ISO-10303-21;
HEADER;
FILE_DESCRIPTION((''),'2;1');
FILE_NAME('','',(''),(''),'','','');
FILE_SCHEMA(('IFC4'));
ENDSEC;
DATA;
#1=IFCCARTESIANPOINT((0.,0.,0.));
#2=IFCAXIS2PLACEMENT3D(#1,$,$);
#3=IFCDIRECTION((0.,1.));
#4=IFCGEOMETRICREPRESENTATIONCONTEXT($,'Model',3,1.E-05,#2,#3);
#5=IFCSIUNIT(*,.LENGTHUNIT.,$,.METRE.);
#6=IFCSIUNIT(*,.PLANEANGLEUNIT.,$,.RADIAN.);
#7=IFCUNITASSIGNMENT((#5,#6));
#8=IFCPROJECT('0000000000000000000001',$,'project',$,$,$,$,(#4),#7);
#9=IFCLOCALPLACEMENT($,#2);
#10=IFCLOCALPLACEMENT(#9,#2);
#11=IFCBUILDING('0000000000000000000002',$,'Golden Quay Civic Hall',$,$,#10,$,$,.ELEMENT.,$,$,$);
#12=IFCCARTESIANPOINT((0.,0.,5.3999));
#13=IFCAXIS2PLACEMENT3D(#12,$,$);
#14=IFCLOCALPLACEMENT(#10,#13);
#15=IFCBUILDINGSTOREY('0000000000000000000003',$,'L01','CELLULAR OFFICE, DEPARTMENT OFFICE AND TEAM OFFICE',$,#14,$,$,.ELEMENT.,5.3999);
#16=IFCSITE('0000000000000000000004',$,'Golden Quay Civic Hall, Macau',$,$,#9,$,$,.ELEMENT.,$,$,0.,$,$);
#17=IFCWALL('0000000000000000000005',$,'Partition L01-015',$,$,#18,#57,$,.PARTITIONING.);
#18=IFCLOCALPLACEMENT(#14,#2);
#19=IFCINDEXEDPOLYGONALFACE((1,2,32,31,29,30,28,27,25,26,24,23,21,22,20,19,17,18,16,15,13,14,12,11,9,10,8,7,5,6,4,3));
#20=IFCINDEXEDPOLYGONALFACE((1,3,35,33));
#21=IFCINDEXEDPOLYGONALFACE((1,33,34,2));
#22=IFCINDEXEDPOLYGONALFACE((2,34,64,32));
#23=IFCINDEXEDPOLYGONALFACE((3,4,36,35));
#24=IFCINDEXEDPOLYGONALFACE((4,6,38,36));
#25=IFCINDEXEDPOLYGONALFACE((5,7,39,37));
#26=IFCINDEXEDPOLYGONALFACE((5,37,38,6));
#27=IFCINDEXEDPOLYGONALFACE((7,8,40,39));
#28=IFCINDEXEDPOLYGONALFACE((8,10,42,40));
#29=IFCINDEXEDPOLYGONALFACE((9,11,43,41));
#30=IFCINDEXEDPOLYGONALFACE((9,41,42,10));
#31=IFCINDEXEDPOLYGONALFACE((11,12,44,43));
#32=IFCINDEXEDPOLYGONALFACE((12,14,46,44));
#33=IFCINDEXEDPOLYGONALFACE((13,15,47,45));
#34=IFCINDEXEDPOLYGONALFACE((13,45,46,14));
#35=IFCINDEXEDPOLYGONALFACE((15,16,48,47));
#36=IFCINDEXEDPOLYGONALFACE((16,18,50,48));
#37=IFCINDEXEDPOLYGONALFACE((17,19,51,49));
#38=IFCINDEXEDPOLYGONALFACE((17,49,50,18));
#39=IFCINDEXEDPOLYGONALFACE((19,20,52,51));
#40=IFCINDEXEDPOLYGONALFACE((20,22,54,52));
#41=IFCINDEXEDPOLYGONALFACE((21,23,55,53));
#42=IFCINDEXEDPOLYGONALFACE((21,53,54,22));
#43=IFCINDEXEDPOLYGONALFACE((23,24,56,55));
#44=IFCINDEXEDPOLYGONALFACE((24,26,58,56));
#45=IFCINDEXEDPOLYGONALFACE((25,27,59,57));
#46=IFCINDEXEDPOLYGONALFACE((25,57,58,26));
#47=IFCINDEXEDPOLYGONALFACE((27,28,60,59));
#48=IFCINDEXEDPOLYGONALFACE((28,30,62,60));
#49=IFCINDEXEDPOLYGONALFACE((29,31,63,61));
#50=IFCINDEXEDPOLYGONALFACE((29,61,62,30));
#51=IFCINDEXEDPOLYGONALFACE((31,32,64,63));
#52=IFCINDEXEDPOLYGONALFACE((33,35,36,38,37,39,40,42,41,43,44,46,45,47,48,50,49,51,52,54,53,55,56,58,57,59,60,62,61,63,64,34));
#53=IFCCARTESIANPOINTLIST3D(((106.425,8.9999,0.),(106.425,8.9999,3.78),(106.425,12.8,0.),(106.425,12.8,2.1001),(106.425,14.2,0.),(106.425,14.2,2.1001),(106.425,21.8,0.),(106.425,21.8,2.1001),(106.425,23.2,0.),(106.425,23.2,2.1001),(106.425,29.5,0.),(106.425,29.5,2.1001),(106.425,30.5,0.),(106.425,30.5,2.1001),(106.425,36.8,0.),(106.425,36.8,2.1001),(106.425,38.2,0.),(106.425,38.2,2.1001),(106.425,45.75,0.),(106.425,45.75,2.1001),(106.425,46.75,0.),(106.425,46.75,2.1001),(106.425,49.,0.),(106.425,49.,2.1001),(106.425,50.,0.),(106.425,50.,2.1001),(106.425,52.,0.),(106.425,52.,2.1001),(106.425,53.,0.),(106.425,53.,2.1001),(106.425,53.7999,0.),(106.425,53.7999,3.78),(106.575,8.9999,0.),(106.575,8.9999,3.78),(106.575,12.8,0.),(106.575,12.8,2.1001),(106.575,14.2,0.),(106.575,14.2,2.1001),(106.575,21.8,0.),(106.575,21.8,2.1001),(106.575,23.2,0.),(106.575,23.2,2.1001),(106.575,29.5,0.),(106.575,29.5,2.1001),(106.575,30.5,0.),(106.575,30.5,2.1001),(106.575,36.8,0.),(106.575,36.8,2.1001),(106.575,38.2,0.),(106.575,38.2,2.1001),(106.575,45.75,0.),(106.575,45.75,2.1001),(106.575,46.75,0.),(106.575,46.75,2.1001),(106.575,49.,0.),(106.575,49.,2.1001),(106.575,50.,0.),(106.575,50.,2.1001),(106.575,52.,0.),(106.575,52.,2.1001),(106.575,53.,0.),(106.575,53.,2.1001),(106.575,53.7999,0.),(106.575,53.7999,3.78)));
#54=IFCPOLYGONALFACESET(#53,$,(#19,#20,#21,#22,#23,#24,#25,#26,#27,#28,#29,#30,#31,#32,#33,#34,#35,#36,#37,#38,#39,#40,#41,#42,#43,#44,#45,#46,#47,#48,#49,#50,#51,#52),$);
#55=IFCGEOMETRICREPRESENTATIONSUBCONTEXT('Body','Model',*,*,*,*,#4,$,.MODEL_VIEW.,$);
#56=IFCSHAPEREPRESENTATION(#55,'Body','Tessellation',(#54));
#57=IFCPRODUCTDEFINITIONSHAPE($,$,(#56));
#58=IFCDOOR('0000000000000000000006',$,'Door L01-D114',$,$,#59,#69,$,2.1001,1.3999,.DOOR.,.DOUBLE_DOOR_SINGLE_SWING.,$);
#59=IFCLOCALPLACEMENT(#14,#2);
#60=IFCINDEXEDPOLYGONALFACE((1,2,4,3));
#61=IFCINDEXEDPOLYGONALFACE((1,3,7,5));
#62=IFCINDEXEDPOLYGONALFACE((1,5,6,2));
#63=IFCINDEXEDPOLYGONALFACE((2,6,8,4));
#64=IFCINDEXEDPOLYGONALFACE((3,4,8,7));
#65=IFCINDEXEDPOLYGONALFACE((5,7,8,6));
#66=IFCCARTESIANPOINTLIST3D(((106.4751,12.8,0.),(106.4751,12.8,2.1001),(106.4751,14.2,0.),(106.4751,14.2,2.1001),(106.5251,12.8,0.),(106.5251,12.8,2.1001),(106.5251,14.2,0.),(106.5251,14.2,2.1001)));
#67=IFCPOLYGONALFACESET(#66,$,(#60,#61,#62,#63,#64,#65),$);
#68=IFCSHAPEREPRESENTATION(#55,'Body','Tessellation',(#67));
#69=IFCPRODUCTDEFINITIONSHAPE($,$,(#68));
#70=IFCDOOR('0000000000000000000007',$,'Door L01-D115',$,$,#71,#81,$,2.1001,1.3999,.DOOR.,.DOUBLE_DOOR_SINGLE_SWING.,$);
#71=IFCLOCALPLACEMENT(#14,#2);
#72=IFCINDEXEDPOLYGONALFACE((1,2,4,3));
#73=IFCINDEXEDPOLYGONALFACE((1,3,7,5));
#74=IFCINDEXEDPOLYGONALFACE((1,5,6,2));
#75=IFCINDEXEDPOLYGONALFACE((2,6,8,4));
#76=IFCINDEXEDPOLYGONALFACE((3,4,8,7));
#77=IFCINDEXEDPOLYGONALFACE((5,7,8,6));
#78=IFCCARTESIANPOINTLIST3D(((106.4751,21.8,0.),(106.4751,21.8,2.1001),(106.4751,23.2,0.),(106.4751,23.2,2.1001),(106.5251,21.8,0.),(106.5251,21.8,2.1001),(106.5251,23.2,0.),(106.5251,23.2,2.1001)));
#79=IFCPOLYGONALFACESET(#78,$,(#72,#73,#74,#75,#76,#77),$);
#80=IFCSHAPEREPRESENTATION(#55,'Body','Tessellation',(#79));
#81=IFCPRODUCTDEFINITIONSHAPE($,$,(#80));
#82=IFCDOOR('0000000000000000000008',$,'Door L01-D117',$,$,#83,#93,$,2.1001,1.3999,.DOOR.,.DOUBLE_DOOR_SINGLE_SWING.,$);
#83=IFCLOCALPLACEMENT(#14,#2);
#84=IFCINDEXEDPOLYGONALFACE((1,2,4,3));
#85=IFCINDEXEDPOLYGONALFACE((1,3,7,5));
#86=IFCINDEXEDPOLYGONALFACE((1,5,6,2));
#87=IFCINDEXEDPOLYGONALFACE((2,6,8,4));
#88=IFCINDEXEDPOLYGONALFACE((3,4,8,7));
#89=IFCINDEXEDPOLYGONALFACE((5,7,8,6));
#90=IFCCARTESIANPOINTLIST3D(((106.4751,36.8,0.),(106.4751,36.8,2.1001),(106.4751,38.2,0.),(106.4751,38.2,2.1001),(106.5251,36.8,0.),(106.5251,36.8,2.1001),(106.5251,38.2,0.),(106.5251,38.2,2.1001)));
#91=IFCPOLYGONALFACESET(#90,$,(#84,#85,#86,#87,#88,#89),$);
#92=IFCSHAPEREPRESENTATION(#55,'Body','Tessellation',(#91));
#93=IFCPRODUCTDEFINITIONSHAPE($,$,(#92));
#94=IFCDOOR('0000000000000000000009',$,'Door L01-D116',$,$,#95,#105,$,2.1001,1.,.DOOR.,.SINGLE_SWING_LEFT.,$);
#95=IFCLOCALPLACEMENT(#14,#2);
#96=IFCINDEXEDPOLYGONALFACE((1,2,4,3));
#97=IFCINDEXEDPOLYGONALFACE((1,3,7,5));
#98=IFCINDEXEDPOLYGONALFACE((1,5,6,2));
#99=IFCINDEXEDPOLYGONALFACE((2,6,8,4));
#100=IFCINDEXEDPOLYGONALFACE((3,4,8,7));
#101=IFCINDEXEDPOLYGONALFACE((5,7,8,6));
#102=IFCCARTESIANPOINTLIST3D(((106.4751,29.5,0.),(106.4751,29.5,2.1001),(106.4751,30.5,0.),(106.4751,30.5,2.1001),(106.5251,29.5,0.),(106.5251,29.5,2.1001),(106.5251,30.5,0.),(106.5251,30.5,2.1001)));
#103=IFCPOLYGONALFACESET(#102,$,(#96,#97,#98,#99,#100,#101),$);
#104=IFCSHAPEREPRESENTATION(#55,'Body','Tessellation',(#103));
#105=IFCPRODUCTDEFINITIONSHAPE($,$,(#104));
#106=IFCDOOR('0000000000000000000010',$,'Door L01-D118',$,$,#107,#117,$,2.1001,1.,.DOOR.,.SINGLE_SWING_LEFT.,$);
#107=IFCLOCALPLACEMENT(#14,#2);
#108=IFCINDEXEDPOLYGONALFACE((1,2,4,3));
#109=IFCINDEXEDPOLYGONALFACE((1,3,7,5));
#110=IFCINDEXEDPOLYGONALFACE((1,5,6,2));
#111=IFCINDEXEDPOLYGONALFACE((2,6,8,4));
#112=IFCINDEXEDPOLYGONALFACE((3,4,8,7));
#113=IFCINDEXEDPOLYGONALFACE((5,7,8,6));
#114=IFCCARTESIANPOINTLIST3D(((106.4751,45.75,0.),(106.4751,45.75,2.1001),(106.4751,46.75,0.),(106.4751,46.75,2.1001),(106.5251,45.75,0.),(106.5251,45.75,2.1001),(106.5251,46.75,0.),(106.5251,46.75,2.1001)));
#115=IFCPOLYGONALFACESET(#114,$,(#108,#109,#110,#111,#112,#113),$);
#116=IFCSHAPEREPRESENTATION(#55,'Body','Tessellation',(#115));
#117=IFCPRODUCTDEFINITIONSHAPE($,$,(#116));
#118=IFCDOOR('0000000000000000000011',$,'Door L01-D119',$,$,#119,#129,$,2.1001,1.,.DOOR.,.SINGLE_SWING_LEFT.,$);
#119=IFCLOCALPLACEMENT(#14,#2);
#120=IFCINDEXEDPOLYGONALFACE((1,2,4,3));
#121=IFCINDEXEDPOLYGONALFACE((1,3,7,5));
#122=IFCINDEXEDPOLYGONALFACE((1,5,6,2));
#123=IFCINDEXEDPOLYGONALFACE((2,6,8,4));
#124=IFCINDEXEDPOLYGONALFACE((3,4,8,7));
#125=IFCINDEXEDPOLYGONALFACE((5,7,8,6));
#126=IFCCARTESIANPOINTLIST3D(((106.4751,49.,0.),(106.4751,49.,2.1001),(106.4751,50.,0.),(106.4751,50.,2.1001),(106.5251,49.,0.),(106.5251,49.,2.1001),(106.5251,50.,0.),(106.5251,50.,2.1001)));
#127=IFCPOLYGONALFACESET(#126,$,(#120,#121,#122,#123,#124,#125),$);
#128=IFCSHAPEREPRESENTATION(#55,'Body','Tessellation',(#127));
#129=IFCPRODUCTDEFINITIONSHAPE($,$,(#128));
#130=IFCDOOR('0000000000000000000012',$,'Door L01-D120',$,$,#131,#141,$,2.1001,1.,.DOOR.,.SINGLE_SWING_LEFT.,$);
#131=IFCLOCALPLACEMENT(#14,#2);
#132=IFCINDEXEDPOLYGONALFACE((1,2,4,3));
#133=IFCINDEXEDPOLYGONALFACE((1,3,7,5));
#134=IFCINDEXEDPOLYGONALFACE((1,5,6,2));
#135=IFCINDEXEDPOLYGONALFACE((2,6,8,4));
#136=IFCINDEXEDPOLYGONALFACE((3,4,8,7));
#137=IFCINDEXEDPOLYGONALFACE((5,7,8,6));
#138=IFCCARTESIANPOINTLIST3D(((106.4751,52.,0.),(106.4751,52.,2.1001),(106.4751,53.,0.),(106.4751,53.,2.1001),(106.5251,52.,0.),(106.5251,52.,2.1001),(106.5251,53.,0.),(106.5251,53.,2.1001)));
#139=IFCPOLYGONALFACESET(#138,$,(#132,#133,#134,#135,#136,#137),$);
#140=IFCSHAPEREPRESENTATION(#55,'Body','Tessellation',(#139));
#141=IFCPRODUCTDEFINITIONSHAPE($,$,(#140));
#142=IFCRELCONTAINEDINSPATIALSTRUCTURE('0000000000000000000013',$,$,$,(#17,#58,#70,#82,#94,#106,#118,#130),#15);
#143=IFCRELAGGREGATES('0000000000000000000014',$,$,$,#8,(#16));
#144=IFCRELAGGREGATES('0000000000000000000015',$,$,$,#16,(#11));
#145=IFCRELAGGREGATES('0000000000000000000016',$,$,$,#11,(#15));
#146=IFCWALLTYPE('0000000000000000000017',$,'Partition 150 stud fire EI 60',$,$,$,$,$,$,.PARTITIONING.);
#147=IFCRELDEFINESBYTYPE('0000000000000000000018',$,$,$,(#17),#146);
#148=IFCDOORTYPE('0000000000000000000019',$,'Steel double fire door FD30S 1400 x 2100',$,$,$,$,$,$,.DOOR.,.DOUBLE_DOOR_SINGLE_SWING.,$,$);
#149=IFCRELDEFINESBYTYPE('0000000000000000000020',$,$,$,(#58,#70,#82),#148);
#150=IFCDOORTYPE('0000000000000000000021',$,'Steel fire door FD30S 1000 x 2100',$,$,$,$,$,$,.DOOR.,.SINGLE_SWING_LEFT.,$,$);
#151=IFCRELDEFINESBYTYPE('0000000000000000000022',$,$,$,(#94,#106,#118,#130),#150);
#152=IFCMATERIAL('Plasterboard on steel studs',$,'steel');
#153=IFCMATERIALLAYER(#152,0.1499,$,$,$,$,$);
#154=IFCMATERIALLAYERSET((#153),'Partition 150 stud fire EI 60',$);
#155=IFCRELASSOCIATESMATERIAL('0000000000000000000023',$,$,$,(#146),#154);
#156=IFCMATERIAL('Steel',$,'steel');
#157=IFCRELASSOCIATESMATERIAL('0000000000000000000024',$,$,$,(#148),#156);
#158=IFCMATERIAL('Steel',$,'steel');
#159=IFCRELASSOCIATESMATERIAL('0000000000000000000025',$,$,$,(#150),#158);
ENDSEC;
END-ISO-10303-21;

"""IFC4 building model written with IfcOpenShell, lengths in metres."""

from ifc_helpers import new_model, si_unit, direction, frame, frame_2d, origin, place, context, subcontext, project, spatial, rectangle, extrude, material, layer, layer_set, type_object, element, fill, save


model = new_model("IFC4")

# Units and contexts
model_context = context("Model", 3, precision=1e-05, world=origin(), true_north=direction((0.0, 1.0)))
body_context = subcontext(model_context, "Body", "Model", "MODEL_VIEW")
ifc_project = project(units=[si_unit("LENGTHUNIT", "METRE"), si_unit("PLANEANGLEUNIT", "RADIAN")], contexts=[model_context])

# Site, building, storey
site_placement = place(None, origin())
site = spatial("IfcSite", under=ifc_project, at=site_placement, Name="Golden Quay Civic Hall, Macau", CompositionType="ELEMENT", RefElevation=0.0)
building_placement = place(site_placement, origin())
building = spatial("IfcBuilding", under=site, at=building_placement, Name="Golden Quay Civic Hall", CompositionType="ELEMENT")
storey_placement = place(building_placement, frame((0.0, 0.0, 5.3999)))
storey = spatial("IfcBuildingStorey", under=building, at=storey_placement, Name="L01", Description="CELLULAR OFFICE, DEPARTMENT OFFICE AND TEAM OFFICE", CompositionType="ELEMENT", Elevation=5.3999)

# Shared definitions
ifc_material_1 = material(Name="Plasterboard on steel studs", Category="steel")
ifc_layer_1 = layer(ifc_material_1, 0.1499)
ifc_layer_set_1 = layer_set([ifc_layer_1], Name="Partition 150 stud fire EI 60")
wall_type_1 = type_object("IfcWallType", Name="Partition 150 stud fire EI 60", PredefinedType="PARTITIONING", material=ifc_layer_set_1)

# Wall, openings, doors
wall_1_placement = place(storey_placement, frame((106.5, 9.0, 0.0), z_axis=(0.0, 0.0, 1.0), x_axis=(0.0, 1.0, 0.0)))
wall_1 = element("IfcWall", 1, at=wall_1_placement, inside=storey, type_object=wall_type_1, Name="Partition L01-015", PredefinedType="PARTITIONING", context=body_context, shape_type="SweptSolid", body=[
    extrude(rectangle(XDim=44.8, YDim=0.1499, at=frame_2d((22.3999, 0.0))), origin(), (0.0, 0.0, 1.0), 3.78),
])
opening_1_placement = place(wall_1_placement, frame((3.8, 0.0, 0.0)))
opening_1 = element("IfcOpeningElement", 2, at=opening_1_placement, cuts=wall_1, PredefinedType="OPENING", context=body_context, shape_type="SweptSolid", body=[
    extrude(rectangle(XDim=1.3999, YDim=2.1001, at=frame_2d((0.7, 1.05))), frame((0.0, 0.085, 0.0), z_axis=(0.0, -1.0, 0.0), x_axis=(1.0, 0.0, 0.0)), (0.0, 0.0, 1.0), 0.1699),
])
opening_2_placement = place(wall_1_placement, frame((12.8, 0.0, 0.0)))
opening_2 = element("IfcOpeningElement", 3, at=opening_2_placement, cuts=wall_1, PredefinedType="OPENING", context=body_context, shape_type="SweptSolid", body=[
    extrude(rectangle(XDim=1.3999, YDim=2.1001, at=frame_2d((0.7, 1.05))), frame((0.0, 0.085, 0.0), z_axis=(0.0, -1.0, 0.0), x_axis=(1.0, 0.0, 0.0)), (0.0, 0.0, 1.0), 0.1699),
])
opening_3_placement = place(wall_1_placement, frame((20.5, 0.0, 0.0)))
opening_3 = element("IfcOpeningElement", 4, at=opening_3_placement, cuts=wall_1, PredefinedType="OPENING", context=body_context, shape_type="SweptSolid", body=[
    extrude(rectangle(XDim=1.0, YDim=2.1001, at=frame_2d((0.5, 1.05))), frame((0.0, 0.085, 0.0), z_axis=(0.0, -1.0, 0.0), x_axis=(1.0, 0.0, 0.0)), (0.0, 0.0, 1.0), 0.1699),
])
opening_4_placement = place(wall_1_placement, frame((27.8, 0.0, 0.0)))
opening_4 = element("IfcOpeningElement", 5, at=opening_4_placement, cuts=wall_1, PredefinedType="OPENING", context=body_context, shape_type="SweptSolid", body=[
    extrude(rectangle(XDim=1.3999, YDim=2.1001, at=frame_2d((0.7, 1.05))), frame((0.0, 0.085, 0.0), z_axis=(0.0, -1.0, 0.0), x_axis=(1.0, 0.0, 0.0)), (0.0, 0.0, 1.0), 0.1699),
])
opening_5_placement = place(wall_1_placement, frame((36.75, 0.0, 0.0)))
opening_5 = element("IfcOpeningElement", 6, at=opening_5_placement, cuts=wall_1, PredefinedType="OPENING", context=body_context, shape_type="SweptSolid", body=[
    extrude(rectangle(XDim=1.0, YDim=2.1001, at=frame_2d((0.5, 1.05))), frame((0.0, 0.085, 0.0), z_axis=(0.0, -1.0, 0.0), x_axis=(1.0, 0.0, 0.0)), (0.0, 0.0, 1.0), 0.1699),
])
opening_6_placement = place(wall_1_placement, frame((40.0, 0.0, 0.0)))
opening_6 = element("IfcOpeningElement", 7, at=opening_6_placement, cuts=wall_1, PredefinedType="OPENING", context=body_context, shape_type="SweptSolid", body=[
    extrude(rectangle(XDim=1.0, YDim=2.1001, at=frame_2d((0.5, 1.05))), frame((0.0, 0.085, 0.0), z_axis=(0.0, -1.0, 0.0), x_axis=(1.0, 0.0, 0.0)), (0.0, 0.0, 1.0), 0.1699),
])
opening_7_placement = place(wall_1_placement, frame((43.0, 0.0, 0.0)))
opening_7 = element("IfcOpeningElement", 8, at=opening_7_placement, cuts=wall_1, PredefinedType="OPENING", context=body_context, shape_type="SweptSolid", body=[
    extrude(rectangle(XDim=1.0, YDim=2.1001, at=frame_2d((0.5, 1.05))), frame((0.0, 0.085, 0.0), z_axis=(0.0, -1.0, 0.0), x_axis=(1.0, 0.0, 0.0)), (0.0, 0.0, 1.0), 0.1699),
])
ifc_material_2 = material(Name="Steel", Category="steel")
door_type_1 = type_object("IfcDoorType", Name="Steel double fire door FD30S 1400 x 2100", OperationType="DOUBLE_DOOR_SINGLE_SWING", PredefinedType="DOOR", material=ifc_material_2)
door_1_placement = place(opening_1_placement, origin())
door_1 = element("IfcDoor", 9, at=door_1_placement, inside=storey, type_object=door_type_1, Name="Door L01-D114", OperationType="DOUBLE_DOOR_SINGLE_SWING", OverallHeight=2.1001, OverallWidth=1.3999, PredefinedType="DOOR", context=body_context, shape_type="SweptSolid", body=[
    extrude(rectangle(XDim=1.3999, YDim=2.1001, at=frame_2d((0.7, 1.05))), frame((0.0, 0.0249, 0.0), z_axis=(0.0, -1.0, 0.0), x_axis=(1.0, 0.0, 0.0)), (0.0, 0.0, 1.0), 0.05),
])
fill(opening_1, door_1)
door_2_placement = place(opening_2_placement, origin())
door_2 = element("IfcDoor", 10, at=door_2_placement, inside=storey, type_object=door_type_1, Name="Door L01-D115", OperationType="DOUBLE_DOOR_SINGLE_SWING", OverallHeight=2.1001, OverallWidth=1.3999, PredefinedType="DOOR", context=body_context, shape_type="SweptSolid", body=[
    extrude(rectangle(XDim=1.3999, YDim=2.1001, at=frame_2d((0.7, 1.05))), frame((0.0, 0.0249, 0.0), z_axis=(0.0, -1.0, 0.0), x_axis=(1.0, 0.0, 0.0)), (0.0, 0.0, 1.0), 0.05),
])
fill(opening_2, door_2)
door_3_placement = place(opening_4_placement, origin())
door_3 = element("IfcDoor", 11, at=door_3_placement, inside=storey, type_object=door_type_1, Name="Door L01-D117", OperationType="DOUBLE_DOOR_SINGLE_SWING", OverallHeight=2.1001, OverallWidth=1.3999, PredefinedType="DOOR", context=body_context, shape_type="SweptSolid", body=[
    extrude(rectangle(XDim=1.3999, YDim=2.1001, at=frame_2d((0.7, 1.05))), frame((0.0, 0.0249, 0.0), z_axis=(0.0, -1.0, 0.0), x_axis=(1.0, 0.0, 0.0)), (0.0, 0.0, 1.0), 0.05),
])
fill(opening_4, door_3)
ifc_material_3 = material(Name="Steel", Category="steel")
door_type_2 = type_object("IfcDoorType", Name="Steel fire door FD30S 1000 x 2100", OperationType="SINGLE_SWING_LEFT", PredefinedType="DOOR", material=ifc_material_3)
door_4_placement = place(opening_3_placement, origin())
door_4 = element("IfcDoor", 12, at=door_4_placement, inside=storey, type_object=door_type_2, Name="Door L01-D116", OperationType="SINGLE_SWING_LEFT", OverallHeight=2.1001, OverallWidth=1.0, PredefinedType="DOOR", context=body_context, shape_type="SweptSolid", body=[
    extrude(rectangle(XDim=1.0, YDim=2.1001, at=frame_2d((0.5, 1.05))), frame((0.0, 0.0249, 0.0), z_axis=(0.0, -1.0, 0.0), x_axis=(1.0, 0.0, 0.0)), (0.0, 0.0, 1.0), 0.05),
])
fill(opening_3, door_4)
door_5_placement = place(opening_5_placement, origin())
door_5 = element("IfcDoor", 13, at=door_5_placement, inside=storey, type_object=door_type_2, Name="Door L01-D118", OperationType="SINGLE_SWING_LEFT", OverallHeight=2.1001, OverallWidth=1.0, PredefinedType="DOOR", context=body_context, shape_type="SweptSolid", body=[
    extrude(rectangle(XDim=1.0, YDim=2.1001, at=frame_2d((0.5, 1.05))), frame((0.0, 0.0249, 0.0), z_axis=(0.0, -1.0, 0.0), x_axis=(1.0, 0.0, 0.0)), (0.0, 0.0, 1.0), 0.05),
])
fill(opening_5, door_5)
door_6_placement = place(opening_6_placement, origin())
door_6 = element("IfcDoor", 14, at=door_6_placement, inside=storey, type_object=door_type_2, Name="Door L01-D119", OperationType="SINGLE_SWING_LEFT", OverallHeight=2.1001, OverallWidth=1.0, PredefinedType="DOOR", context=body_context, shape_type="SweptSolid", body=[
    extrude(rectangle(XDim=1.0, YDim=2.1001, at=frame_2d((0.5, 1.05))), frame((0.0, 0.0249, 0.0), z_axis=(0.0, -1.0, 0.0), x_axis=(1.0, 0.0, 0.0)), (0.0, 0.0, 1.0), 0.05),
])
fill(opening_6, door_6)
door_7_placement = place(opening_7_placement, origin())
door_7 = element("IfcDoor", 15, at=door_7_placement, inside=storey, type_object=door_type_2, Name="Door L01-D120", OperationType="SINGLE_SWING_LEFT", OverallHeight=2.1001, OverallWidth=1.0, PredefinedType="DOOR", context=body_context, shape_type="SweptSolid", body=[
    extrude(rectangle(XDim=1.0, YDim=2.1001, at=frame_2d((0.5, 1.05))), frame((0.0, 0.0249, 0.0), z_axis=(0.0, -1.0, 0.0), x_axis=(1.0, 0.0, 0.0)), (0.0, 0.0, 1.0), 0.05),
])
fill(opening_7, door_7)

save(model, "model.ifc")
